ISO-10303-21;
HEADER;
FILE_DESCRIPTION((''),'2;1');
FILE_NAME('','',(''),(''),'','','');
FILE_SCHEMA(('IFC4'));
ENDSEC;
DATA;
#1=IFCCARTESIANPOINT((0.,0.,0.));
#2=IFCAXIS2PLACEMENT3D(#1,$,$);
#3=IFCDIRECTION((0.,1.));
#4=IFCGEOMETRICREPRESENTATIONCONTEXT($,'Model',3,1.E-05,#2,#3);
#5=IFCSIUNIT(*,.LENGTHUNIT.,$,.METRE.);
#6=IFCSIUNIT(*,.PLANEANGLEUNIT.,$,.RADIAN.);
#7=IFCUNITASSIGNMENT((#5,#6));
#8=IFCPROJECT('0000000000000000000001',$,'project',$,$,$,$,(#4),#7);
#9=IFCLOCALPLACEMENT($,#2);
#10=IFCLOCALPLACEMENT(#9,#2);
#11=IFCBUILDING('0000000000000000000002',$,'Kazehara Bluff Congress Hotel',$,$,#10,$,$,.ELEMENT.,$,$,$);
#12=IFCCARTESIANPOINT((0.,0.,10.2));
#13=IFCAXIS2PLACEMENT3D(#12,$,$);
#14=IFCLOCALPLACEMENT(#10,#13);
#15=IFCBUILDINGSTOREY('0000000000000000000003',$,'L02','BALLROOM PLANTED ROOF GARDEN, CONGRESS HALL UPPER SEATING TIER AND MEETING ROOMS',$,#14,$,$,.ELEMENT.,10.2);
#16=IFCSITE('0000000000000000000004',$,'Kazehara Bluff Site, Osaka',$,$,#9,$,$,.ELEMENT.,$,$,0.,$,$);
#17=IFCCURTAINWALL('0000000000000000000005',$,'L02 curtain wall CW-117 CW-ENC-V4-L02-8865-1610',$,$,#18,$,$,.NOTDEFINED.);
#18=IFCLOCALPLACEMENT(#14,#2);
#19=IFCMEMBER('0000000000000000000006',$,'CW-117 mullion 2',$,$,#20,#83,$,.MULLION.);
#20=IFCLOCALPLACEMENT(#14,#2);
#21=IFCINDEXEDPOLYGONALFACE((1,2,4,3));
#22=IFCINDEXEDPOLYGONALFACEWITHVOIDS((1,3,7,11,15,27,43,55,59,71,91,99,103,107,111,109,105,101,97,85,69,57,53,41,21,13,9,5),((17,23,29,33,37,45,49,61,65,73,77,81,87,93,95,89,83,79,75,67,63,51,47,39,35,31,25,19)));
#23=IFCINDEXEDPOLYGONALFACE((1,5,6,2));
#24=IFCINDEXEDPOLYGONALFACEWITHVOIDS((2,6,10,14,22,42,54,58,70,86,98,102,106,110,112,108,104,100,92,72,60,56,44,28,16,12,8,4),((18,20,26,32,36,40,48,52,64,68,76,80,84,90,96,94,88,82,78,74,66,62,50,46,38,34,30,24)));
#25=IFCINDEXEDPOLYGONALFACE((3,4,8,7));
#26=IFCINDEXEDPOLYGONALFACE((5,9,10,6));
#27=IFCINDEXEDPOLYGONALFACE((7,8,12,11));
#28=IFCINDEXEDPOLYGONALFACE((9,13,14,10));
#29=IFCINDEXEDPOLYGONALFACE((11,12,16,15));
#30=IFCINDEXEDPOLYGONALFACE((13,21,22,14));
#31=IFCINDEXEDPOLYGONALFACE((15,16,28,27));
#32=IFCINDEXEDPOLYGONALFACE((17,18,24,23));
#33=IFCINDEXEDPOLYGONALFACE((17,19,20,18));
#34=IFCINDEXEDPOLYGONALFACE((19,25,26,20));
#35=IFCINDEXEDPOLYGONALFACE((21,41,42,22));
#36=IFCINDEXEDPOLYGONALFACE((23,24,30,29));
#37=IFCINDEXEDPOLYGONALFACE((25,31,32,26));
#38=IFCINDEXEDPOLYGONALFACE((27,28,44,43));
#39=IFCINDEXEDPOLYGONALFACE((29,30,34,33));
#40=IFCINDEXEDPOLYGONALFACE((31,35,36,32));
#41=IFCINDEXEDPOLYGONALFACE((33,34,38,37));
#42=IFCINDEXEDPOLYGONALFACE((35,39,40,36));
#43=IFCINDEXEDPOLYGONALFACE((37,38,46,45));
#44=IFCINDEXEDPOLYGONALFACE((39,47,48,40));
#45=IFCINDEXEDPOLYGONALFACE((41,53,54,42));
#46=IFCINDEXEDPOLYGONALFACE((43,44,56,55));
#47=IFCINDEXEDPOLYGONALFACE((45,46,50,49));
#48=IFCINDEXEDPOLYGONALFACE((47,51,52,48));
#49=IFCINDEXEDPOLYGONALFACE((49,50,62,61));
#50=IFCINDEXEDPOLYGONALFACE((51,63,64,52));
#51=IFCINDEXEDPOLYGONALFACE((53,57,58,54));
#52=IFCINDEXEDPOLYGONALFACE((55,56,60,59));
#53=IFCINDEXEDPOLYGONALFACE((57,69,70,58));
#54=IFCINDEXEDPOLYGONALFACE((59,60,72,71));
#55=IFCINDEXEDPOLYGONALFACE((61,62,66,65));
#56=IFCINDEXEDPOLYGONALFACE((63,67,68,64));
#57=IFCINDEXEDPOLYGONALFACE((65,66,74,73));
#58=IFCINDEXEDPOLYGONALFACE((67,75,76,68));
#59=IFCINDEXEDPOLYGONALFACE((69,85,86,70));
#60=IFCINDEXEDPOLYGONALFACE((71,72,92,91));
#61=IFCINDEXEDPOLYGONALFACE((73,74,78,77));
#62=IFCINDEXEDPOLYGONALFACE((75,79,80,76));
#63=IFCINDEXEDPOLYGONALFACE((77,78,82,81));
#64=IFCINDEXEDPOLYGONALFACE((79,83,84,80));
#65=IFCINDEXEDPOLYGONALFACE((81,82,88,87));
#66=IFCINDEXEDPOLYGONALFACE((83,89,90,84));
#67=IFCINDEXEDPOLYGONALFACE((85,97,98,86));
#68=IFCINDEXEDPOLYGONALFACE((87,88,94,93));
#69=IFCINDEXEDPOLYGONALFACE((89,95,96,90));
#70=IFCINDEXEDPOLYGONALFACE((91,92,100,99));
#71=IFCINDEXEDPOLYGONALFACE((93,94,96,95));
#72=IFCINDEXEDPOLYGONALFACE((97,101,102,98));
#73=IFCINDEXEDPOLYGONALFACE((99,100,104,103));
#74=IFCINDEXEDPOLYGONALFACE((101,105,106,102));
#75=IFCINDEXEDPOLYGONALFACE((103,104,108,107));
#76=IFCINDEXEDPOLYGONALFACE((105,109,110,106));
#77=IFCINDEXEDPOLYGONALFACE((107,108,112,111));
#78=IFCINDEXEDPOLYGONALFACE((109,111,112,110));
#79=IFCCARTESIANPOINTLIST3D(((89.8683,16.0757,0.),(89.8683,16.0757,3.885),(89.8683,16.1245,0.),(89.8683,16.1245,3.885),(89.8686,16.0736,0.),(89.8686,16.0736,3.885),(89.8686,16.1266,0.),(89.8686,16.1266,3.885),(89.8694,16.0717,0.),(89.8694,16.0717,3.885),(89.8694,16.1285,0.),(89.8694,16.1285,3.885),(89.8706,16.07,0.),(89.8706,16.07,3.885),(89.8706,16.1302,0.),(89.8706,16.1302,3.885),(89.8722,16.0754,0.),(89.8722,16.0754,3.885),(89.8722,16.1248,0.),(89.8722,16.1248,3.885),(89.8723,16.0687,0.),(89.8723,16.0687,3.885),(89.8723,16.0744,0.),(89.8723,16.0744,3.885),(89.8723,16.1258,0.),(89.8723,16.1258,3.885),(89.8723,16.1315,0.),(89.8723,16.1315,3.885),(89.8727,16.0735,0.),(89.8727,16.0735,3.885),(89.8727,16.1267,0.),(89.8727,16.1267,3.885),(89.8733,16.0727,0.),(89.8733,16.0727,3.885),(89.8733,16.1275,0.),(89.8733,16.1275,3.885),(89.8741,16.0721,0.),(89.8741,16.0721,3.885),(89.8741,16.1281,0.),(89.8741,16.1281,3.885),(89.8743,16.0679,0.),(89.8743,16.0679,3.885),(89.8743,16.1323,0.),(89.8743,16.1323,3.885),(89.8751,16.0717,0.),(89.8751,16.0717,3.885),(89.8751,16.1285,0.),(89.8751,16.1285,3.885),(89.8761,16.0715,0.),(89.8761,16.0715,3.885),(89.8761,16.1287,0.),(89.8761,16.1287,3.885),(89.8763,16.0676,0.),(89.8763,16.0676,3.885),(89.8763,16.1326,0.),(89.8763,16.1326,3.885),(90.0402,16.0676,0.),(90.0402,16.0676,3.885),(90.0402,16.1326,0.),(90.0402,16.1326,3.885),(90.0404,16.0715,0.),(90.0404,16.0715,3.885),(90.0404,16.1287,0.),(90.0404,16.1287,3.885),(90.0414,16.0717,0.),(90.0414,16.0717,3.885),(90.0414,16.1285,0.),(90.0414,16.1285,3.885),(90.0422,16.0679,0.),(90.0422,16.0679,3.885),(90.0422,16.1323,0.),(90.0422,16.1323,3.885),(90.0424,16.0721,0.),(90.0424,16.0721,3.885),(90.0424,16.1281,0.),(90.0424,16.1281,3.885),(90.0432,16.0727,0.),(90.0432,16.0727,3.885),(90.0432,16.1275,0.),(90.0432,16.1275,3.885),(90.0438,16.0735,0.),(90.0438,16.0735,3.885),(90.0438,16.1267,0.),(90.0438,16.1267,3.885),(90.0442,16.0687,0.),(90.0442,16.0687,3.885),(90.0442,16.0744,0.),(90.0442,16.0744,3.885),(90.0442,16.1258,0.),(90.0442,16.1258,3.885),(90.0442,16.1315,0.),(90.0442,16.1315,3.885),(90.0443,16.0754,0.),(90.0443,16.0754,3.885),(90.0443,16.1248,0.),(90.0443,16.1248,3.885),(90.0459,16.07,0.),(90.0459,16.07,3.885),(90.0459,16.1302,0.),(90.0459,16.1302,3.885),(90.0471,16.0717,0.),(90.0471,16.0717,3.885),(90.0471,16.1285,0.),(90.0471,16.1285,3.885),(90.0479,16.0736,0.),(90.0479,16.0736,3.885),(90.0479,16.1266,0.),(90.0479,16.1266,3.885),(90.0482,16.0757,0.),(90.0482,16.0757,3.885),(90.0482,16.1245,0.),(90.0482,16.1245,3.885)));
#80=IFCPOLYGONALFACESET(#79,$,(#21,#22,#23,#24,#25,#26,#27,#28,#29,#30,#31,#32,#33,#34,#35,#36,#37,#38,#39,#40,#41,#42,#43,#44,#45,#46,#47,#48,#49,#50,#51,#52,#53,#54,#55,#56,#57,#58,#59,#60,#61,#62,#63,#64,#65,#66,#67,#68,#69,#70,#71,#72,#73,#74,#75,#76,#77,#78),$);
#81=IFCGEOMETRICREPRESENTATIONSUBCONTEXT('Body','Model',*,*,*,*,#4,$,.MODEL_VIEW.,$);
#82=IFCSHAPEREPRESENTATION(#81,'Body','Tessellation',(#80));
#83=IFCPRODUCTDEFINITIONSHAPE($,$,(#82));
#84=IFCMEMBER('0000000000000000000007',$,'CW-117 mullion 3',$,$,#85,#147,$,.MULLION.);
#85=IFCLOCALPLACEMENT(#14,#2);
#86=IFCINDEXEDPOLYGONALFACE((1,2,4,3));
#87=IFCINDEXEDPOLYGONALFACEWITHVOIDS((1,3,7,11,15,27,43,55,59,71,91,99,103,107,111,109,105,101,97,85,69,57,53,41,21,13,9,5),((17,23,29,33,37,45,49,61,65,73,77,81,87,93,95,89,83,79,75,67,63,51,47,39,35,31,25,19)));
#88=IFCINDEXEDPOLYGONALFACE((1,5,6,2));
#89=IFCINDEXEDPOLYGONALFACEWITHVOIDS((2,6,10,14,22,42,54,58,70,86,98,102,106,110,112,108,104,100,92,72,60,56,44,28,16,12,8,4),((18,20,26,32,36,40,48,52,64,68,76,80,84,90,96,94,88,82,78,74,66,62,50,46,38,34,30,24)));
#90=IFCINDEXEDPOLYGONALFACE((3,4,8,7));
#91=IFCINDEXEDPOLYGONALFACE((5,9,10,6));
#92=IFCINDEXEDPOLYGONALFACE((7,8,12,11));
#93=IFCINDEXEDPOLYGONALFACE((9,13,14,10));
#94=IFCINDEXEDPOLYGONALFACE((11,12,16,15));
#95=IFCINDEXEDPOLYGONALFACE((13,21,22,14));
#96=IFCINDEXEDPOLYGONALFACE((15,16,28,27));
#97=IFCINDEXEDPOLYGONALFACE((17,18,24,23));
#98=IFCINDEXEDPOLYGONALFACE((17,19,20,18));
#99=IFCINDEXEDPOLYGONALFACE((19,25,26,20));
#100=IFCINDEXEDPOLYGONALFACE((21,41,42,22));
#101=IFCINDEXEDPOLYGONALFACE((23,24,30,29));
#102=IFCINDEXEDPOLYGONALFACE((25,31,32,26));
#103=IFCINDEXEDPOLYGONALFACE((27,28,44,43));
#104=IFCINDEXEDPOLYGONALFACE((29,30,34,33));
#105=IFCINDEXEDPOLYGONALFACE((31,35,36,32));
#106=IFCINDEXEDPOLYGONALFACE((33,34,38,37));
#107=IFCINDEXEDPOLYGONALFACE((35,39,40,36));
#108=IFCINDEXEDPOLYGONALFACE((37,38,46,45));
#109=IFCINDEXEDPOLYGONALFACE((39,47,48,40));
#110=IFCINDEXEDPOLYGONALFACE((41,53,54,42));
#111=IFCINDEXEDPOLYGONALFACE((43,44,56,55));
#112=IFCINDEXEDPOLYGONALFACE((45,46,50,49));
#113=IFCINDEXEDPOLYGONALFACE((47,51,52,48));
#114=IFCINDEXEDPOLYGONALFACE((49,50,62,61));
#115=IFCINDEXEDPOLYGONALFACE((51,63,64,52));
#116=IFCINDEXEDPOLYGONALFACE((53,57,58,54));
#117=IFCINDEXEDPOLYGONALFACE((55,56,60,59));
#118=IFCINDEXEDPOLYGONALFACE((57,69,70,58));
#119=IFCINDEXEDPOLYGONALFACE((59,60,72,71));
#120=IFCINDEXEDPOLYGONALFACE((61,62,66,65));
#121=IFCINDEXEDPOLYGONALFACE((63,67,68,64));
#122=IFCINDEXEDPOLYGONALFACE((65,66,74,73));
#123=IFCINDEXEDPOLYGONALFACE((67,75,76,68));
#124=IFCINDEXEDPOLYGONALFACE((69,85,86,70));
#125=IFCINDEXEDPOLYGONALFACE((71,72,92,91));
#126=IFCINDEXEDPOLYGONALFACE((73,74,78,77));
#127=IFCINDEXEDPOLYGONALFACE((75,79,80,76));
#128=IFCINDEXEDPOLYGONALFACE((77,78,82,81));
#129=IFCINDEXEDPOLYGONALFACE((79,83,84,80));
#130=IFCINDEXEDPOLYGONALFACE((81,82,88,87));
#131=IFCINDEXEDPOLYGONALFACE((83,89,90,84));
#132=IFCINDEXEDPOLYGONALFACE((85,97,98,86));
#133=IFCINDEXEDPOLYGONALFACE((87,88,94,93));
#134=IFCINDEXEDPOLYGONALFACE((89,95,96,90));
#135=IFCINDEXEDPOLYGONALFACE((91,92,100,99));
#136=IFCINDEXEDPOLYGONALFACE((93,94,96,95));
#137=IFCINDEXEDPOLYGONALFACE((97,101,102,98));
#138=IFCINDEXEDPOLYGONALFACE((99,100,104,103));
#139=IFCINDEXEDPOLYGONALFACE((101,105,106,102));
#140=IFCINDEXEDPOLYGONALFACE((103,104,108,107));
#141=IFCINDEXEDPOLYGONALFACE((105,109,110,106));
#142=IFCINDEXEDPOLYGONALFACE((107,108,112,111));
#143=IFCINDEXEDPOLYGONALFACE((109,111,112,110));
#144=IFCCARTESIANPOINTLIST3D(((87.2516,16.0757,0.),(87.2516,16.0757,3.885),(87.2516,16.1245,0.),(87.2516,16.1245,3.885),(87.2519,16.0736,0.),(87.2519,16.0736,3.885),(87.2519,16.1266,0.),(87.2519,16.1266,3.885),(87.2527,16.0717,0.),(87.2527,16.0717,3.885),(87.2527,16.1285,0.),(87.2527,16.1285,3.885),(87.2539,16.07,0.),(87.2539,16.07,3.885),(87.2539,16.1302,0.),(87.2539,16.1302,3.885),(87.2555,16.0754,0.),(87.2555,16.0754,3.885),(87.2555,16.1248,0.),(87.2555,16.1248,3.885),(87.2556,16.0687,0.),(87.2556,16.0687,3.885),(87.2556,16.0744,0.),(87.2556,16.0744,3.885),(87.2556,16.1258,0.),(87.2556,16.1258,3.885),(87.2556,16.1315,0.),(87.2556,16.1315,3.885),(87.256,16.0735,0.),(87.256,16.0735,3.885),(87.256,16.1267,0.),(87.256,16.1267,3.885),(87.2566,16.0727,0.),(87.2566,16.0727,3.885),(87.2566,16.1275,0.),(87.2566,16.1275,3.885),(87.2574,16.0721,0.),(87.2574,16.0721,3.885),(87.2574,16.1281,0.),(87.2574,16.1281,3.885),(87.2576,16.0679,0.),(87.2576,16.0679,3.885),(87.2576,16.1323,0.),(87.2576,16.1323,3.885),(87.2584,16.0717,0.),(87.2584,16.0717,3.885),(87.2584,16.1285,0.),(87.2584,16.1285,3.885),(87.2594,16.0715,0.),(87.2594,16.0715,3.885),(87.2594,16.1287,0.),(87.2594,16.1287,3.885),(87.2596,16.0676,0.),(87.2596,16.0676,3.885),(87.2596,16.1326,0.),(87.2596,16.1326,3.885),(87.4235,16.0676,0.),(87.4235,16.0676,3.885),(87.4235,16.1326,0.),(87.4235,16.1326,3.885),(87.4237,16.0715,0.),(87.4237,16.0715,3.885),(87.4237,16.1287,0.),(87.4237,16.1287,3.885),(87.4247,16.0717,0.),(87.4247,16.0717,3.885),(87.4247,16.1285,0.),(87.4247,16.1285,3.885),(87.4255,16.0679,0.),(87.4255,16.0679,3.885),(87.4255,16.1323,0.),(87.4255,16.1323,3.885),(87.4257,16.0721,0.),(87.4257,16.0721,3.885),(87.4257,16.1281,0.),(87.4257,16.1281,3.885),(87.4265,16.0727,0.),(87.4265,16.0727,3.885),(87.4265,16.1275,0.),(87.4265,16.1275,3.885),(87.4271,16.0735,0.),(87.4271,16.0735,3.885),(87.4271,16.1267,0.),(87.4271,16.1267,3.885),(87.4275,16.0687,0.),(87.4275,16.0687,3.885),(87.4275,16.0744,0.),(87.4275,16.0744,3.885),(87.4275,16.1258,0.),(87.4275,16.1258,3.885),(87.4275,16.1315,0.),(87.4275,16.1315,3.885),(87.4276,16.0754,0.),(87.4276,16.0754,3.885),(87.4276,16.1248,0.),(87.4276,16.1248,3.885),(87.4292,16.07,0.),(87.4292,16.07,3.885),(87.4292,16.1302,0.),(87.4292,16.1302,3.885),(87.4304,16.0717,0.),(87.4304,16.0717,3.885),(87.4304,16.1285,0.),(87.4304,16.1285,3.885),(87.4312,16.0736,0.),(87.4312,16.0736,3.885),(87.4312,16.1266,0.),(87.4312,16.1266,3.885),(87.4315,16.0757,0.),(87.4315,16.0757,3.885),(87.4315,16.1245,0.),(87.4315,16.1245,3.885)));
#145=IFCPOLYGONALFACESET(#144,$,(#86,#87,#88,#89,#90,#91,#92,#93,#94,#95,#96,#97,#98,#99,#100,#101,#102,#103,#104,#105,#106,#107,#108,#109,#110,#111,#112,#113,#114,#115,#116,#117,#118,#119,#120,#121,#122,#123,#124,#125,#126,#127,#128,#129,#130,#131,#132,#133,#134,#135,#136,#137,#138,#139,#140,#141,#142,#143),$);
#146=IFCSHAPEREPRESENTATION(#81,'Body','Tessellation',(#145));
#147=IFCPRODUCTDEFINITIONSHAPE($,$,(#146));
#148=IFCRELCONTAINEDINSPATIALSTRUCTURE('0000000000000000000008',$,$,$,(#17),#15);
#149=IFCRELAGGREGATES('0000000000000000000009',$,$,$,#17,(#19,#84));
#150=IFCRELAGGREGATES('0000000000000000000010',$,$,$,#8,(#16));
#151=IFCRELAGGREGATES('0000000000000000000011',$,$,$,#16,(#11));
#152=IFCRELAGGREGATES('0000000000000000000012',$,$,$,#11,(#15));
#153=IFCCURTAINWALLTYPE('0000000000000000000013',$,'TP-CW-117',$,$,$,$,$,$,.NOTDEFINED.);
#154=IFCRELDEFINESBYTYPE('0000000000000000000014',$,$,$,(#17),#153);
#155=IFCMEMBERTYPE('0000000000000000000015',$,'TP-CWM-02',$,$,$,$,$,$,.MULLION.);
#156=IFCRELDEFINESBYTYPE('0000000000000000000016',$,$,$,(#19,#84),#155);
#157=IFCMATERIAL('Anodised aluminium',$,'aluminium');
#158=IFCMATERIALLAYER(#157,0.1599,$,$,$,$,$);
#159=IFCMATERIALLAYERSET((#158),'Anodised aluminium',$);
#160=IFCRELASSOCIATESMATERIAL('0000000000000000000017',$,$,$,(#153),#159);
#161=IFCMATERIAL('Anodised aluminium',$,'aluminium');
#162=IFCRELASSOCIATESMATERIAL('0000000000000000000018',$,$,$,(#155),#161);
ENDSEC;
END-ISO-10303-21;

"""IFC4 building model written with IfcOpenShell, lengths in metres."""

from ifc_helpers import new_model, si_unit, direction, frame, origin, origin_2d, place, context, subcontext, project, spatial, hollow_rectangle, extrude, material, layer, layer_set, material_profile, profile_set, type_object, element, aggregate, save


model = new_model("IFC4")

# Units and contexts
model_context = context("Model", 3, precision=1e-05, world=origin(), true_north=direction((0.0, 1.0)))
body_context = subcontext(model_context, "Body", "Model", "MODEL_VIEW")
ifc_project = project(units=[si_unit("LENGTHUNIT", "METRE"), si_unit("PLANEANGLEUNIT", "RADIAN")], contexts=[model_context])

# Site, building, storey
site_placement = place(None, origin())
site = spatial("IfcSite", under=ifc_project, at=site_placement, Name="Kazehara Bluff Site, Osaka", CompositionType="ELEMENT", RefElevation=0.0)
building_placement = place(site_placement, origin())
building = spatial("IfcBuilding", under=site, at=building_placement, Name="Kazehara Bluff Congress Hotel", CompositionType="ELEMENT")
storey_placement = place(building_placement, frame((0.0, 0.0, 10.2)))
storey = spatial("IfcBuildingStorey", under=building, at=storey_placement, Name="L02", Description="BALLROOM PLANTED ROOF GARDEN, CONGRESS HALL UPPER SEATING TIER AND MEETING ROOMS", CompositionType="ELEMENT", Elevation=10.2)

# Shared definitions
ifc_material_1 = material(Name="Anodised aluminium", Category="aluminium")
ifc_layer_1 = layer(ifc_material_1, 0.1599)
ifc_layer_set_1 = layer_set([ifc_layer_1], Name="Anodised aluminium")
curtain_wall_type = type_object("IfcCurtainWallType", Name="TP-CW-117", PredefinedType="NOTDEFINED", material=ifc_layer_set_1)
ifc_material_2 = material(Name="Anodised aluminium", Category="aluminium")
ifc_material_profile_1 = material_profile(ifc_material_2, hollow_rectangle(XDim=0.0649, YDim=0.1799, WallThickness=0.0039, InnerFilletRadius=0.0039, OuterFilletRadius=0.0081, at=origin_2d()))
ifc_profile_set_1 = profile_set([ifc_material_profile_1], Name="Anodised aluminium")
member_type_1 = type_object("IfcMemberType", Name="TP-CWM-02", PredefinedType="MULLION", material=ifc_profile_set_1)

# Curtain wall, members
curtain_wall_1_placement = place(storey_placement, origin())
curtain_wall_1 = element("IfcCurtainWall", 1, at=curtain_wall_1_placement, inside=storey, type_object=curtain_wall_type, Name="L02 curtain wall CW-117 CW-ENC-V4-L02-8865-1610", PredefinedType="NOTDEFINED")
member_1_placement = place(storey_placement, frame((89.9583, 16.1001, 0.0), z_axis=(0.0, 0.0, 1.0), x_axis=(0.0, -1.0, 0.0)))
member_1 = element("IfcMember", 2, at=member_1_placement, type_object=member_type_1, Name="CW-117 mullion 2", PredefinedType="MULLION", context=body_context, shape_type="SweptSolid", body=[
    extrude(hollow_rectangle(XDim=0.0649, YDim=0.1799, WallThickness=0.0039, InnerFilletRadius=0.0039, OuterFilletRadius=0.0081, at=origin_2d()), origin(), (0.0, 0.0, 1.0), 3.885),
])
member_2_placement = place(storey_placement, frame((87.3416, 16.1001, 0.0), z_axis=(0.0, 0.0, 1.0), x_axis=(0.0, -1.0, 0.0)))
member_2 = element("IfcMember", 3, at=member_2_placement, type_object=member_type_1, Name="CW-117 mullion 3", PredefinedType="MULLION", context=body_context, shape_type="SweptSolid", body=[
    extrude(hollow_rectangle(XDim=0.0649, YDim=0.1799, WallThickness=0.0039, InnerFilletRadius=0.0039, OuterFilletRadius=0.0081, at=origin_2d()), origin(), (0.0, 0.0, 1.0), 3.885),
])

aggregate(curtain_wall_1, [member_1, member_2])

save(model, "model.ifc")
